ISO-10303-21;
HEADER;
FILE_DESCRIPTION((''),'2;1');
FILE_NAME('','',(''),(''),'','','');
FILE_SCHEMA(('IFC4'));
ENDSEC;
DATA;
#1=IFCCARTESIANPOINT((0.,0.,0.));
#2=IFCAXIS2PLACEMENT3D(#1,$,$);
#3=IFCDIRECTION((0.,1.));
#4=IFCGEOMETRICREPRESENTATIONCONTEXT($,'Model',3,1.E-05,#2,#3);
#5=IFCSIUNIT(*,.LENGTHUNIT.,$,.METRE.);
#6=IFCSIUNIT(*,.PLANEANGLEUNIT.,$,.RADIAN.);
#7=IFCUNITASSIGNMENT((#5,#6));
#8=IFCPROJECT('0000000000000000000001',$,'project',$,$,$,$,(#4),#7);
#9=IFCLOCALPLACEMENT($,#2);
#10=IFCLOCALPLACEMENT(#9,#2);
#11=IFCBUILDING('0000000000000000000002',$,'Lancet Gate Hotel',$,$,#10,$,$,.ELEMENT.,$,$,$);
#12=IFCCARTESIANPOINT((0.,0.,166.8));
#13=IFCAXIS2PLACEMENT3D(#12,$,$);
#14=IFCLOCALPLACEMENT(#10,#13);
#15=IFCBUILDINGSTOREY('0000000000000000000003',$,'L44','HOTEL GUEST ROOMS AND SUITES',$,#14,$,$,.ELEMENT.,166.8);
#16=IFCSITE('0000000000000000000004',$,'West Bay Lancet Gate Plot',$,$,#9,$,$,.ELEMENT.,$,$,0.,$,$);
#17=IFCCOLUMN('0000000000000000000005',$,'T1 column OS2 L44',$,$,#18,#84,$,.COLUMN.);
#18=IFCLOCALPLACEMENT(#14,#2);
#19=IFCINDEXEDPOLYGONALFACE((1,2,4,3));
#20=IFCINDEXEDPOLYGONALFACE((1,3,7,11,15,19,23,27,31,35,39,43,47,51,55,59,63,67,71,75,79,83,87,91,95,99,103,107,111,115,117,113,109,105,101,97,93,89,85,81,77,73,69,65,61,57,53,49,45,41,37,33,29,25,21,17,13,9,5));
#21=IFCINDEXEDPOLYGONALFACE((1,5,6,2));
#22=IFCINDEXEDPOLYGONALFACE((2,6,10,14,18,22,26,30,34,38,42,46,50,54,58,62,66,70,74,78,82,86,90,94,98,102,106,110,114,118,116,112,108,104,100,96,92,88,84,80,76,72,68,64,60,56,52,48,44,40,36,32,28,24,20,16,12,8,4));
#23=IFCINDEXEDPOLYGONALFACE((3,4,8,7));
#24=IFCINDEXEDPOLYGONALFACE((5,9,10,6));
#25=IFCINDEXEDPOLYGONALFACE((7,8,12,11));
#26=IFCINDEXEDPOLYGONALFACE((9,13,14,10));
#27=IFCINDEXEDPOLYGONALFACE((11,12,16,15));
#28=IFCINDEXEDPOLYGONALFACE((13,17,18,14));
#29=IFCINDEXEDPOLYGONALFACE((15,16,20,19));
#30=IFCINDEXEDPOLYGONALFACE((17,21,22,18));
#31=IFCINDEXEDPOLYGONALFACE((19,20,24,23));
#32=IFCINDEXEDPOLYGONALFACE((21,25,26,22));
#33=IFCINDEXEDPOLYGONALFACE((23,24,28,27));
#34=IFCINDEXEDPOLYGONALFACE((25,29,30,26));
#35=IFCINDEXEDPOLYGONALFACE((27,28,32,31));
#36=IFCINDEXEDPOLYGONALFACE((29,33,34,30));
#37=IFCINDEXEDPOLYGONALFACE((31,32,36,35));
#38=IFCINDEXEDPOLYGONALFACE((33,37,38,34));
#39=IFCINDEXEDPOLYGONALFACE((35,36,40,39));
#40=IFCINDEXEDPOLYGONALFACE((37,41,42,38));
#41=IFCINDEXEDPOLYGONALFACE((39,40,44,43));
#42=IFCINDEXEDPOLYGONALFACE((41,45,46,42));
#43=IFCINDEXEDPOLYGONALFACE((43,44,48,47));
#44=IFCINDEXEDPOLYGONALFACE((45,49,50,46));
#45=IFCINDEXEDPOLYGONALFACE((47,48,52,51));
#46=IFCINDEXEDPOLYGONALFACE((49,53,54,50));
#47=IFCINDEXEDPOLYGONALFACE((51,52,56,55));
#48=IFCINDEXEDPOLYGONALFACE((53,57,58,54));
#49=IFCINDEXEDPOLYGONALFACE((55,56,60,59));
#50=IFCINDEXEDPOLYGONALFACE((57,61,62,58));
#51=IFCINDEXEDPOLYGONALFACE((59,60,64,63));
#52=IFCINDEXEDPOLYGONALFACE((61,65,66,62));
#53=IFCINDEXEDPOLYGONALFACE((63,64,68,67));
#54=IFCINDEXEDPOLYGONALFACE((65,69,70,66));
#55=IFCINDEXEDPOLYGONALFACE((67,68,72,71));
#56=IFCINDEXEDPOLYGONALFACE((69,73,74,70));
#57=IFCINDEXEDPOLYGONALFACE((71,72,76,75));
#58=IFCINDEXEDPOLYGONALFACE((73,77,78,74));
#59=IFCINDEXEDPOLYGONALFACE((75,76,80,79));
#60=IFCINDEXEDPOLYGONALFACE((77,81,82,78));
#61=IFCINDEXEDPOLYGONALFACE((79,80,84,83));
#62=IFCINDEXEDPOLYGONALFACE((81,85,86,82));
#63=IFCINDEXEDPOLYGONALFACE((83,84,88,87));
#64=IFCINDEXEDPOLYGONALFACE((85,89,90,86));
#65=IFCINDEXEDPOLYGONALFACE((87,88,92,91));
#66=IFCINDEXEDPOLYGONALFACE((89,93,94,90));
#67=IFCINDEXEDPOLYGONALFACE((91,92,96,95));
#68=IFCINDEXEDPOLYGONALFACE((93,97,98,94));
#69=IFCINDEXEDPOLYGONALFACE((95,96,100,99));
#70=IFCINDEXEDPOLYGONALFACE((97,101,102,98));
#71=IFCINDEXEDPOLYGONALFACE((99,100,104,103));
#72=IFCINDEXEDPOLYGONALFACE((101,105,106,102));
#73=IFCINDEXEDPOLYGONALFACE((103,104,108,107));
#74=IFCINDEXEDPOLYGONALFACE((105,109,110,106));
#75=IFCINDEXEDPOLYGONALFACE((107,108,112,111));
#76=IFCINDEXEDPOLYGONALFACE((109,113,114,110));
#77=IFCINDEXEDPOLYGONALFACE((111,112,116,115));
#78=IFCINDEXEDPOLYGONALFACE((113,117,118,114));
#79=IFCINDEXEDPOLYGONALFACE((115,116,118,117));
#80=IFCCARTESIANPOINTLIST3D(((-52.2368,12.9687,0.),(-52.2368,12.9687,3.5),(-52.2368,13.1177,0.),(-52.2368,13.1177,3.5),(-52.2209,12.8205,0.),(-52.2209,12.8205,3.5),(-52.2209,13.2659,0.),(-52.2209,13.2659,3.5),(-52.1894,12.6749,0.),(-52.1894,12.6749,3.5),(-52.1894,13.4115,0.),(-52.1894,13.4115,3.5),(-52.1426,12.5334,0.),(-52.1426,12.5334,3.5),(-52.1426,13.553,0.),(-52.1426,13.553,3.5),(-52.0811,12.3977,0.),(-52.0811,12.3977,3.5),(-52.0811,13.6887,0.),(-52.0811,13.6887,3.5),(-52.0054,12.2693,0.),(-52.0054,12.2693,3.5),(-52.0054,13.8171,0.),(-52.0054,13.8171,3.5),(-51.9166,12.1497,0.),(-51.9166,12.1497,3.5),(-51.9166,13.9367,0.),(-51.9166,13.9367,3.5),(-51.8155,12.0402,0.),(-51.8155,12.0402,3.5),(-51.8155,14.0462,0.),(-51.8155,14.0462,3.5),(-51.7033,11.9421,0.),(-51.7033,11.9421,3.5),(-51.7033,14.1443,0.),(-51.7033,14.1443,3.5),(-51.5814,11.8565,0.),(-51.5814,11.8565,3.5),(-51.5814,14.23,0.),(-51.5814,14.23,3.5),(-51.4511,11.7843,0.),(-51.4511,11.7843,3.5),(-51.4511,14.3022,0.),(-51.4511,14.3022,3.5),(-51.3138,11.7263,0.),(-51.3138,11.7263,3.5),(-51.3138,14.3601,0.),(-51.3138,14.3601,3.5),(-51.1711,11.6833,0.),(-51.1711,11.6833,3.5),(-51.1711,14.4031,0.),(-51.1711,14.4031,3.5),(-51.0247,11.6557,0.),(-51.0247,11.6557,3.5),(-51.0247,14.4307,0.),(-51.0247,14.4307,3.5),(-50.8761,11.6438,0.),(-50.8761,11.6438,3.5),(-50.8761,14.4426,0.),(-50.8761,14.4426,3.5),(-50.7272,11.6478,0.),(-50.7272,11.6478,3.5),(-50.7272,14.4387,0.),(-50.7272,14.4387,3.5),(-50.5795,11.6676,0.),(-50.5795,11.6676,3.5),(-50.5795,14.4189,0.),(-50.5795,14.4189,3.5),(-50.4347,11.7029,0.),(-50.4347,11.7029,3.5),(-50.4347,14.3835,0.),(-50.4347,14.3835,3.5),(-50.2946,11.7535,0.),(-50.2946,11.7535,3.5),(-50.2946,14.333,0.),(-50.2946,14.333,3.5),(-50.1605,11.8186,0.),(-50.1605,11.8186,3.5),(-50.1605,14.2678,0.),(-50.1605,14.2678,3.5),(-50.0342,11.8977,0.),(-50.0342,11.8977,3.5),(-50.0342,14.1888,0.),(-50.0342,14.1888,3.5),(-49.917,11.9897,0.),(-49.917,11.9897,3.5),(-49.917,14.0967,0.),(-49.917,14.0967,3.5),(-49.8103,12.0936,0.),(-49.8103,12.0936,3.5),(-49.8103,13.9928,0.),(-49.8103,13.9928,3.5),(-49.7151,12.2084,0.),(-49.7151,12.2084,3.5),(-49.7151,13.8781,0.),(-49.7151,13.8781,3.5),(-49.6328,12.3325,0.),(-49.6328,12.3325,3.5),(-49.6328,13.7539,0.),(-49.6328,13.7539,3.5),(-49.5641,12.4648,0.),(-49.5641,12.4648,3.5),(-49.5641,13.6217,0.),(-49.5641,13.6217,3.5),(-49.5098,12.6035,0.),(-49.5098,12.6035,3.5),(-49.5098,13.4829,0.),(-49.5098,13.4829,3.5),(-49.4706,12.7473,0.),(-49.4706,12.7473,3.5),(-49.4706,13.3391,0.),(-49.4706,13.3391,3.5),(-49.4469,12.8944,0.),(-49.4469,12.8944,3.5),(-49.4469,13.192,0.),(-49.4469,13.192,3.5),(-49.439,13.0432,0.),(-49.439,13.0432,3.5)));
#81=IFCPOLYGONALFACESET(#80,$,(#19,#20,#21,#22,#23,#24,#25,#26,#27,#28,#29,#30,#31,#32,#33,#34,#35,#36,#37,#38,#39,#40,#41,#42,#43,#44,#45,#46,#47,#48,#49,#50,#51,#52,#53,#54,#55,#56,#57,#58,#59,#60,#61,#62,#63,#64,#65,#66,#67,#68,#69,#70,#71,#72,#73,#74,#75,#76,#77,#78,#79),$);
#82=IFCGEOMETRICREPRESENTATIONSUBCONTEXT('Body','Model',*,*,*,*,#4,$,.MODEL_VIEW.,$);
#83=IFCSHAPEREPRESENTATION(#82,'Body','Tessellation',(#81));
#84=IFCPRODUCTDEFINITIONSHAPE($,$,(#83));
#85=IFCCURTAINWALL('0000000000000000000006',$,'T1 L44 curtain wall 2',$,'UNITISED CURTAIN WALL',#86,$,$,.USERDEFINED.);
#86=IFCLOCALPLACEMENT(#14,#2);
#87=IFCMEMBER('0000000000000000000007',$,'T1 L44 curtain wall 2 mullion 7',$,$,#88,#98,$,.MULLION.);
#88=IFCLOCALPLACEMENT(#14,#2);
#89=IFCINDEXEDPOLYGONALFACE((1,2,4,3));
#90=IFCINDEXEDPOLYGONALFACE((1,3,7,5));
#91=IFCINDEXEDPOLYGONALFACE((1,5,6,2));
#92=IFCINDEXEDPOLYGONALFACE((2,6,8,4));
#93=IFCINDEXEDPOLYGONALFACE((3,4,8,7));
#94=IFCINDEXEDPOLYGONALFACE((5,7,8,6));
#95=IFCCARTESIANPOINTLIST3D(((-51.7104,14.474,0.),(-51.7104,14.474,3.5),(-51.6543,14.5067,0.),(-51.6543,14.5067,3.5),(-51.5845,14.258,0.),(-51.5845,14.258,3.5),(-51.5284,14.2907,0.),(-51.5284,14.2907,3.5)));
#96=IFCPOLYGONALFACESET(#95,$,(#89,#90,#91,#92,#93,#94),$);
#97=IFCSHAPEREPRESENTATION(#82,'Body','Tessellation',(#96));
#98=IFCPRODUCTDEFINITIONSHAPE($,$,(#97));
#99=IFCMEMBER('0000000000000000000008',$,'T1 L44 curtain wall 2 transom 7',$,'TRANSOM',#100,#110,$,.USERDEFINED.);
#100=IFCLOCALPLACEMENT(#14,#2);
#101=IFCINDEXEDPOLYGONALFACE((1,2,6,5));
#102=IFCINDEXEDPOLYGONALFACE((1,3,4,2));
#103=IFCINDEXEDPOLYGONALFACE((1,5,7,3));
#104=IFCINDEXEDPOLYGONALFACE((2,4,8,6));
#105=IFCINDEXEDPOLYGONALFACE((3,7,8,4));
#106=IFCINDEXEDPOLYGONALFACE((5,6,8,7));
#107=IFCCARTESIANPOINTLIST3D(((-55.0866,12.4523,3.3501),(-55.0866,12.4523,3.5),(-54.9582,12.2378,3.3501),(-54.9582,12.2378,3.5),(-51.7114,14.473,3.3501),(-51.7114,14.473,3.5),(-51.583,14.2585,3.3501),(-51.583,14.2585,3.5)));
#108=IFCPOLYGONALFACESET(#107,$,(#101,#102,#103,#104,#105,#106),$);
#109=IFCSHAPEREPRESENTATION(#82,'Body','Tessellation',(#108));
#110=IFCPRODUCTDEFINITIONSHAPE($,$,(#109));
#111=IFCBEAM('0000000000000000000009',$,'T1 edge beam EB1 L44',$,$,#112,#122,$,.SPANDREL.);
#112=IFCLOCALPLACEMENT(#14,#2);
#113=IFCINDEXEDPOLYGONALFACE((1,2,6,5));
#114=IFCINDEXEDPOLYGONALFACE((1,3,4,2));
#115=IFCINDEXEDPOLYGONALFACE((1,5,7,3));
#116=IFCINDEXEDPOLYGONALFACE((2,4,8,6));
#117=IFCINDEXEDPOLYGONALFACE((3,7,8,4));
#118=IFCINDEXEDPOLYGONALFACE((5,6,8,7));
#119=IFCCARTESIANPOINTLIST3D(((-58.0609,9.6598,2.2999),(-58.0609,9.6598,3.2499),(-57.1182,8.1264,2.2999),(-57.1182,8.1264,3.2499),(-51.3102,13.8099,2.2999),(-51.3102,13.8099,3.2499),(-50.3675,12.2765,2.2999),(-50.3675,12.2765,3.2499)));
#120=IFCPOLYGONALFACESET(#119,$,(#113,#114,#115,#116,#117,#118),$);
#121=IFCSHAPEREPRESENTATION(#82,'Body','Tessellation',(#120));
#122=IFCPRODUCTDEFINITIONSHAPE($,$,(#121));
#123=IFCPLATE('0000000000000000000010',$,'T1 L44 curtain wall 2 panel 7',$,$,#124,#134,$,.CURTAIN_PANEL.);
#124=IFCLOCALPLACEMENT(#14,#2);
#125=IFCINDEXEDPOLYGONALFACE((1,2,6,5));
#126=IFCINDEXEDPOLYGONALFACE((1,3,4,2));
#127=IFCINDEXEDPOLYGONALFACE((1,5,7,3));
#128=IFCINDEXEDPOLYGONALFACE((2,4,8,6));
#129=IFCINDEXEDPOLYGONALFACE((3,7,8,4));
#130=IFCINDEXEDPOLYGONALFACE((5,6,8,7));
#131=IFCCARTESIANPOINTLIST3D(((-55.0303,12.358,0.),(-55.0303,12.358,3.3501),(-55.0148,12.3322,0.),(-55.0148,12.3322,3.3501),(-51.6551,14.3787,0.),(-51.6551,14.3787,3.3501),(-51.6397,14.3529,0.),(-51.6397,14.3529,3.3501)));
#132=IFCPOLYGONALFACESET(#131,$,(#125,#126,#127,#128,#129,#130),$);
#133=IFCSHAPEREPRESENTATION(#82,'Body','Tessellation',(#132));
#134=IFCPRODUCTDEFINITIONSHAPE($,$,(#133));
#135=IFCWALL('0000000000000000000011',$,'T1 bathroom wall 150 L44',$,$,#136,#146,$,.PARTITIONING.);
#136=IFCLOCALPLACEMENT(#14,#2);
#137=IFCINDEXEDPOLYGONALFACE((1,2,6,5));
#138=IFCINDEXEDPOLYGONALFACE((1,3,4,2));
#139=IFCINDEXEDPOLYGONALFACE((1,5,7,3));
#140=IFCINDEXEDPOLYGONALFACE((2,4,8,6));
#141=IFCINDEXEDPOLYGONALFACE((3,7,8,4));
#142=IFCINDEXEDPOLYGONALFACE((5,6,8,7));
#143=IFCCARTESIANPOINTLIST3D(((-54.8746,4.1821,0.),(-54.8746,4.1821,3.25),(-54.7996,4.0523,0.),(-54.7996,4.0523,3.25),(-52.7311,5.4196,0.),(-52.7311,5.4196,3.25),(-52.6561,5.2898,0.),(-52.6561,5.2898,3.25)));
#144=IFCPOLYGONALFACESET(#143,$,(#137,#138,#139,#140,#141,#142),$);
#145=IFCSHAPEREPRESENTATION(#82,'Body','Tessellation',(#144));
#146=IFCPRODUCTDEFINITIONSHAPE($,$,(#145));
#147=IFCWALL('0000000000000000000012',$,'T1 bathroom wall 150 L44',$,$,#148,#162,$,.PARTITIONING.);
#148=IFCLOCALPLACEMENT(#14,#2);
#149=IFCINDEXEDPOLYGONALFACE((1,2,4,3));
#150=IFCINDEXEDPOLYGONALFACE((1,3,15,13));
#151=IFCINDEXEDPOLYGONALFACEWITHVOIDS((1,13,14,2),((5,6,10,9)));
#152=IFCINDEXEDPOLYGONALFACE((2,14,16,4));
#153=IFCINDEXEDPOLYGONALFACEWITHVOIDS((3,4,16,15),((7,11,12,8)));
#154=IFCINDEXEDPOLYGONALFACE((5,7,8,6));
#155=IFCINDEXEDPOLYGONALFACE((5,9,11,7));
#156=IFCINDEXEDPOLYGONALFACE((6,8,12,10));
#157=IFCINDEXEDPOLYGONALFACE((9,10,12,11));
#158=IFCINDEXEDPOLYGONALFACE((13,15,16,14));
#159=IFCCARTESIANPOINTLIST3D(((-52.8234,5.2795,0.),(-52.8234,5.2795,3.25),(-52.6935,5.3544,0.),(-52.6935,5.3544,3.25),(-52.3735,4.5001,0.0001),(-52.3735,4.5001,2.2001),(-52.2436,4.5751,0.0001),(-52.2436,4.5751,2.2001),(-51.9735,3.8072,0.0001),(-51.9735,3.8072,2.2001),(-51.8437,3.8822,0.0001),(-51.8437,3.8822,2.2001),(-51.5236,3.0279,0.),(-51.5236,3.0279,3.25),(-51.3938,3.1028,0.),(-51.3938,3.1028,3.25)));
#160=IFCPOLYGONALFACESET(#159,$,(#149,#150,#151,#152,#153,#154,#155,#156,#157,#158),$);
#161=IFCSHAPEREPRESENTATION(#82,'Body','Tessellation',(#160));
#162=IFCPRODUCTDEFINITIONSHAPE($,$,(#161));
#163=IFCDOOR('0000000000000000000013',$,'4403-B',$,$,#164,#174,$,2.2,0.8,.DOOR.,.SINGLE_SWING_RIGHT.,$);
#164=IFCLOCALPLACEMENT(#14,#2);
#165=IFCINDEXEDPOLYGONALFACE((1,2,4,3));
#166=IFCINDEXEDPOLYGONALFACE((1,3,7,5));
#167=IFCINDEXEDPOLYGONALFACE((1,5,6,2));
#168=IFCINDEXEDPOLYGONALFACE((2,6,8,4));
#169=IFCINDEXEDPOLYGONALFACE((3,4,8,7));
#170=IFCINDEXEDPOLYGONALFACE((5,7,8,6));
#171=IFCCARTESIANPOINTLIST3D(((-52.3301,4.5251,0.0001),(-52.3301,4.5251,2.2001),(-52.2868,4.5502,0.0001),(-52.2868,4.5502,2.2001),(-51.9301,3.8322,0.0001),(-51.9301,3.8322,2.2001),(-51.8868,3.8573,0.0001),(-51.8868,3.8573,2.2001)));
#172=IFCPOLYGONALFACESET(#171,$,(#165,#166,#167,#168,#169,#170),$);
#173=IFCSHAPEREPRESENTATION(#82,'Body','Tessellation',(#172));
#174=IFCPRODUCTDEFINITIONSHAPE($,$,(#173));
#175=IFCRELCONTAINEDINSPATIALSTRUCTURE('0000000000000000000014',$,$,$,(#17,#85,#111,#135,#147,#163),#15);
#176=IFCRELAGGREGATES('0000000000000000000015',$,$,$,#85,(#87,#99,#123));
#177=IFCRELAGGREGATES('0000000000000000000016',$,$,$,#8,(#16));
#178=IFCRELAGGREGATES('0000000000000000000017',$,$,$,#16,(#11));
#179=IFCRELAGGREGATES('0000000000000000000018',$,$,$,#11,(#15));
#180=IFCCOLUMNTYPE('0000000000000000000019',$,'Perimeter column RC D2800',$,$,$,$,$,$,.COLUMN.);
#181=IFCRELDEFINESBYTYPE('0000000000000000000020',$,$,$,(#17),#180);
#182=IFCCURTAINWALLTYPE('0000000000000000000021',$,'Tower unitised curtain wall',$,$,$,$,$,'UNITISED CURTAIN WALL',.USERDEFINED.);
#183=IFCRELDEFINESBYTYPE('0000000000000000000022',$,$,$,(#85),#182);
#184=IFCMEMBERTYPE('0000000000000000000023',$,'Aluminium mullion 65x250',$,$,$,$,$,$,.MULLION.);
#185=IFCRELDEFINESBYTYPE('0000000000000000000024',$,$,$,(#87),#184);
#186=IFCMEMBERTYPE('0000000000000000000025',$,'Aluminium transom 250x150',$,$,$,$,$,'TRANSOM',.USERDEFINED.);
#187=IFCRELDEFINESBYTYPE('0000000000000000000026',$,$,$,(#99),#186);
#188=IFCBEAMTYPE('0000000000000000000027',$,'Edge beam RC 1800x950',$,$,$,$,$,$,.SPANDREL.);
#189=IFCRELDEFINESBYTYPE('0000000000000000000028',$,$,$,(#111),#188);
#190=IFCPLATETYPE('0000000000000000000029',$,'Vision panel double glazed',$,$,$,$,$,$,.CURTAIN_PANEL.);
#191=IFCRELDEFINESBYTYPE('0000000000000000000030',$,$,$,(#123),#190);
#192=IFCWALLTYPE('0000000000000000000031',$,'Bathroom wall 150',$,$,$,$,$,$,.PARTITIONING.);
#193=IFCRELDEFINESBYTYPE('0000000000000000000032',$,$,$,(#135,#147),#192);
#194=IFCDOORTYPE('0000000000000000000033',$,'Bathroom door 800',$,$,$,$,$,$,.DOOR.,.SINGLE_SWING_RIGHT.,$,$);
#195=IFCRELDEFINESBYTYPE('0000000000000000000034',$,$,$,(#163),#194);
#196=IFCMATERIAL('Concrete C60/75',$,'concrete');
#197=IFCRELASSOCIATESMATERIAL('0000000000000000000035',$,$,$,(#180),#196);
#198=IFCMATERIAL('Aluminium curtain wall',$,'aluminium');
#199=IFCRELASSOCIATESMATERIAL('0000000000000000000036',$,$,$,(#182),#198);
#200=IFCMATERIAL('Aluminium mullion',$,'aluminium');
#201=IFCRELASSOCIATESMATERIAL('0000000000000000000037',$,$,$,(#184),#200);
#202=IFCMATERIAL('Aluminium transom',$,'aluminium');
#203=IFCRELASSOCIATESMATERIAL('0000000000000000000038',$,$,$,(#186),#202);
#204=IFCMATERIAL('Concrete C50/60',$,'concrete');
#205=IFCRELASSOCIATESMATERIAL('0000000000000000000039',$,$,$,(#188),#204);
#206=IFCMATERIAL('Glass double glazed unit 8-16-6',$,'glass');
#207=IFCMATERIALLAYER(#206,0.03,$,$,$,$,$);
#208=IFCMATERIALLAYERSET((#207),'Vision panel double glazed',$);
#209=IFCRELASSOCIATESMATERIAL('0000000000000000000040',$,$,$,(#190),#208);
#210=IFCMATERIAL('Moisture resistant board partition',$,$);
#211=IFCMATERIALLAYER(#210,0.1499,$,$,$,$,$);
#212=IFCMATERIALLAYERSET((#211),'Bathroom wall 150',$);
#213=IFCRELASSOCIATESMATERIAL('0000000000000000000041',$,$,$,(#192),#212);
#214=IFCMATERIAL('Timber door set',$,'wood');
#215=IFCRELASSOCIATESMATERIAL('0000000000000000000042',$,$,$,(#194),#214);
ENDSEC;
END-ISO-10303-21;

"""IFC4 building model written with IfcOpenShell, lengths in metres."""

from ifc_helpers import new_model, si_unit, direction, frame, frame_2d, origin, origin_2d, place, context, subcontext, project, spatial, rectangle, circle, extrude, material, layer, layer_set, material_profile, profile_set, type_object, element, fill, aggregate, save


model = new_model("IFC4")

# Units and contexts
model_context = context("Model", 3, precision=1e-05, world=origin(), true_north=direction((0.0, 1.0)))
body_context = subcontext(model_context, "Body", "Model", "MODEL_VIEW")
ifc_project = project(units=[si_unit("LENGTHUNIT", "METRE"), si_unit("PLANEANGLEUNIT", "RADIAN")], contexts=[model_context])

# Site, building, storey
site_placement = place(None, origin())
site = spatial("IfcSite", under=ifc_project, at=site_placement, Name="West Bay Lancet Gate Plot", CompositionType="ELEMENT", RefElevation=0.0)
building_placement = place(site_placement, origin())
building = spatial("IfcBuilding", under=site, at=building_placement, Name="Lancet Gate Hotel", CompositionType="ELEMENT")
storey_placement = place(building_placement, frame((0.0, 0.0, 166.8)))
storey = spatial("IfcBuildingStorey", under=building, at=storey_placement, Name="L44", Description="HOTEL GUEST ROOMS AND SUITES", CompositionType="ELEMENT", Elevation=166.8)

# Column
ifc_material_1 = material(Name="Concrete C60/75", Category="concrete")
ifc_material_profile_1 = material_profile(ifc_material_1, circle(Radius=1.3999, at=origin_2d()), Name="RC D2800")
ifc_profile_set_1 = profile_set([ifc_material_profile_1], Name="Concrete C60/75")
column_type = type_object("IfcColumnType", Name="Perimeter column RC D2800", PredefinedType="COLUMN", material=ifc_profile_set_1)
column_placement = place(storey_placement, frame((-50.8389, 13.0432, 0.0), z_axis=(0.0, 0.0, 1.0), x_axis=(1.0, 0.0, 0.0)))
element("IfcColumn", 1, at=column_placement, inside=storey, type_object=column_type, Name="T1 column OS2 L44", PredefinedType="COLUMN", context=body_context, shape_type="SweptSolid", body=[
    extrude(circle(Radius=1.3999, at=origin_2d()), origin(), (0.0, 0.0, 1.0), 3.5),
])

# Curtain wall, members
ifc_material_2 = material(Name="Aluminium curtain wall", Category="aluminium")
curtain_wall_type = type_object("IfcCurtainWallType", Name="Tower unitised curtain wall", ElementType="UNITISED CURTAIN WALL", PredefinedType="USERDEFINED", material=ifc_material_2)
curtain_wall_placement = place(storey_placement, origin())
curtain_wall = element("IfcCurtainWall", 2, at=curtain_wall_placement, inside=storey, type_object=curtain_wall_type, Name="T1 L44 curtain wall 2", ObjectType="UNITISED CURTAIN WALL", PredefinedType="USERDEFINED")
ifc_material_3 = material(Name="Aluminium mullion", Category="aluminium")
ifc_material_profile_2 = material_profile(ifc_material_3, rectangle(XDim=0.0649, YDim=0.25, at=origin_2d()), Name="MULLION 65x250")
ifc_profile_set_2 = profile_set([ifc_material_profile_2], Name="Aluminium mullion")
member_type_1 = type_object("IfcMemberType", Name="Aluminium mullion 65x250", PredefinedType="MULLION", material=ifc_profile_set_2)
member_1_placement = place(storey_placement, frame((-51.6194, 14.3823, 0.0), z_axis=(0.0, 0.0, 1.0), x_axis=(-0.863969, -0.503545, 0.0)))
member_1 = element("IfcMember", 3, at=member_1_placement, type_object=member_type_1, Name="T1 L44 curtain wall 2 mullion 7", PredefinedType="MULLION", context=body_context, shape_type="SweptSolid", body=[
    extrude(rectangle(XDim=0.0649, YDim=0.25, at=origin_2d()), origin(), (0.0, 0.0, 1.0), 3.5),
])
ifc_material_4 = material(Name="Aluminium transom", Category="aluminium")
ifc_material_profile_3 = material_profile(ifc_material_4, rectangle(XDim=0.25, YDim=0.1499, at=origin_2d()), Name="TRANSOM 250x150")
ifc_profile_set_3 = profile_set([ifc_material_profile_3], Name="Aluminium transom")
member_type_2 = type_object("IfcMemberType", Name="Aluminium transom 250x150", ElementType="TRANSOM", PredefinedType="USERDEFINED", material=ifc_profile_set_3)
member_2_placement = place(storey_placement, frame((-51.6472, 14.3657, 3.425), z_axis=(-0.857985, -0.513674, 0.0), x_axis=(0.513674, -0.857985, 0.0)))
member_2 = element("IfcMember", 4, at=member_2_placement, type_object=member_type_2, Name="T1 L44 curtain wall 2 transom 7", ObjectType="TRANSOM", PredefinedType="USERDEFINED", context=body_context, shape_type="SweptSolid", body=[
    extrude(rectangle(XDim=0.25, YDim=0.1499, at=origin_2d()), origin(), (0.0, 0.0, 1.0), 3.9338),
])

# Beam
ifc_material_5 = material(Name="Concrete C50/60", Category="concrete")
ifc_material_profile_4 = material_profile(ifc_material_5, rectangle(XDim=1.8, YDim=0.95, at=origin_2d()), Name="RC 1800x950")
ifc_profile_set_4 = profile_set([ifc_material_profile_4], Name="Concrete C50/60")
beam_type = type_object("IfcBeamType", Name="Edge beam RC 1800x950", PredefinedType="SPANDREL", material=ifc_profile_set_4)
beam_placement = place(storey_placement, frame((-50.8389, 13.0432, 2.7749), z_axis=(-0.851892, -0.523717, 0.0), x_axis=(0.523717, -0.851892, 0.0)))
element("IfcBeam", 5, at=beam_placement, inside=storey, type_object=beam_type, Name="T1 edge beam EB1 L44", PredefinedType="SPANDREL", context=body_context, shape_type="SweptSolid", body=[
    extrude(rectangle(XDim=1.8, YDim=0.95, at=origin_2d()), origin(), (0.0, 0.0, 1.0), 7.9243),
])

# Plate
ifc_material_6 = material(Name="Glass double glazed unit 8-16-6", Category="glass")
ifc_layer_1 = layer(ifc_material_6, 0.03)
ifc_layer_set_1 = layer_set([ifc_layer_1], Name="Vision panel double glazed")
plate_type = type_object("IfcPlateType", Name="Vision panel double glazed", PredefinedType="CURTAIN_PANEL", material=ifc_layer_set_1)
plate_placement = place(storey_placement, frame((-53.335, 13.3555, 0.0), z_axis=(0.0, 0.0, 1.0), x_axis=(-0.857987, -0.513672, 0.0)))
plate = element("IfcPlate", 6, at=plate_placement, type_object=plate_type, Name="T1 L44 curtain wall 2 panel 7", PredefinedType="CURTAIN_PANEL", context=body_context, shape_type="SweptSolid", body=[
    extrude(rectangle(XDim=3.9338, YDim=0.03, at=origin_2d()), origin(), (0.0, 0.0, 1.0), 3.3501),
])
aggregate(curtain_wall, [member_1, member_2, plate])

# Wall
ifc_material_7 = material(Name="Moisture resistant board partition")
ifc_layer_2 = layer(ifc_material_7, 0.1499)
ifc_layer_set_2 = layer_set([ifc_layer_2], Name="Bathroom wall 150")
wall_type_1 = type_object("IfcWallType", Name="Bathroom wall 150", PredefinedType="PARTITIONING", material=ifc_layer_set_2)
wall_1_placement = place(storey_placement, frame((-52.6936, 5.3547, 0.0), z_axis=(0.0, 0.0, 1.0), x_axis=(-0.866031, -0.49999, 0.0)))
element("IfcWall", 7, at=wall_1_placement, inside=storey, type_object=wall_type_1, Name="T1 bathroom wall 150 L44", PredefinedType="PARTITIONING", context=body_context, shape_type="SweptSolid", body=[
    extrude(rectangle(XDim=2.4751, YDim=0.1499, at=frame_2d((1.2375, 0.0))), origin(), (0.0, 0.0, 1.0), 3.25),
])

# Wall, opening, door
wall_2_placement = place(storey_placement, frame((-51.4587, 3.0654, 0.0), z_axis=(0.0, 0.0, 1.0), x_axis=(-0.499937, 0.866062, 0.0)))
wall_2 = element("IfcWall", 8, at=wall_2_placement, inside=storey, type_object=wall_type_1, Name="T1 bathroom wall 150 L44", PredefinedType="PARTITIONING", context=body_context, shape_type="SweptSolid", body=[
    extrude(rectangle(XDim=2.5999, YDim=0.1499, at=frame_2d((1.2998, 0.0))), origin(), (0.0, 0.0, 1.0), 3.25),
])
opening_1_placement = place(wall_2_placement, frame((0.8999, 0.0, 0.0)))
opening_1 = element("IfcOpeningElement", 9, at=opening_1_placement, cuts=wall_2, PredefinedType="OPENING", context=body_context, shape_type="SweptSolid", body=[
    extrude(rectangle(XDim=0.8, YDim=2.2, at=frame_2d((0.3999, 1.1001))), frame((0.0, 0.085, 0.0), z_axis=(0.0, -1.0, 0.0), x_axis=(1.0, 0.0, 0.0)), (0.0, 0.0, 1.0), 0.1699),
])
ifc_material_8 = material(Name="Timber door set", Category="wood")
door_type_1 = type_object("IfcDoorType", Name="Bathroom door 800", OperationType="SINGLE_SWING_RIGHT", PredefinedType="DOOR", material=ifc_material_8)
door_1_placement = place(opening_1_placement, origin())
door_1 = element("IfcDoor", 10, at=door_1_placement, inside=storey, type_object=door_type_1, Name="4403-B", OperationType="SINGLE_SWING_RIGHT", OverallHeight=2.2, OverallWidth=0.8, PredefinedType="DOOR", context=body_context, shape_type="SweptSolid", body=[
    extrude(rectangle(XDim=0.8, YDim=2.2, at=frame_2d((0.3999, 1.1001))), frame((0.0, 0.0249, 0.0), z_axis=(0.0, -1.0, 0.0), x_axis=(1.0, 0.0, 0.0)), (0.0, 0.0, 1.0), 0.05),
])
fill(opening_1, door_1)

save(model, "model.ifc")
